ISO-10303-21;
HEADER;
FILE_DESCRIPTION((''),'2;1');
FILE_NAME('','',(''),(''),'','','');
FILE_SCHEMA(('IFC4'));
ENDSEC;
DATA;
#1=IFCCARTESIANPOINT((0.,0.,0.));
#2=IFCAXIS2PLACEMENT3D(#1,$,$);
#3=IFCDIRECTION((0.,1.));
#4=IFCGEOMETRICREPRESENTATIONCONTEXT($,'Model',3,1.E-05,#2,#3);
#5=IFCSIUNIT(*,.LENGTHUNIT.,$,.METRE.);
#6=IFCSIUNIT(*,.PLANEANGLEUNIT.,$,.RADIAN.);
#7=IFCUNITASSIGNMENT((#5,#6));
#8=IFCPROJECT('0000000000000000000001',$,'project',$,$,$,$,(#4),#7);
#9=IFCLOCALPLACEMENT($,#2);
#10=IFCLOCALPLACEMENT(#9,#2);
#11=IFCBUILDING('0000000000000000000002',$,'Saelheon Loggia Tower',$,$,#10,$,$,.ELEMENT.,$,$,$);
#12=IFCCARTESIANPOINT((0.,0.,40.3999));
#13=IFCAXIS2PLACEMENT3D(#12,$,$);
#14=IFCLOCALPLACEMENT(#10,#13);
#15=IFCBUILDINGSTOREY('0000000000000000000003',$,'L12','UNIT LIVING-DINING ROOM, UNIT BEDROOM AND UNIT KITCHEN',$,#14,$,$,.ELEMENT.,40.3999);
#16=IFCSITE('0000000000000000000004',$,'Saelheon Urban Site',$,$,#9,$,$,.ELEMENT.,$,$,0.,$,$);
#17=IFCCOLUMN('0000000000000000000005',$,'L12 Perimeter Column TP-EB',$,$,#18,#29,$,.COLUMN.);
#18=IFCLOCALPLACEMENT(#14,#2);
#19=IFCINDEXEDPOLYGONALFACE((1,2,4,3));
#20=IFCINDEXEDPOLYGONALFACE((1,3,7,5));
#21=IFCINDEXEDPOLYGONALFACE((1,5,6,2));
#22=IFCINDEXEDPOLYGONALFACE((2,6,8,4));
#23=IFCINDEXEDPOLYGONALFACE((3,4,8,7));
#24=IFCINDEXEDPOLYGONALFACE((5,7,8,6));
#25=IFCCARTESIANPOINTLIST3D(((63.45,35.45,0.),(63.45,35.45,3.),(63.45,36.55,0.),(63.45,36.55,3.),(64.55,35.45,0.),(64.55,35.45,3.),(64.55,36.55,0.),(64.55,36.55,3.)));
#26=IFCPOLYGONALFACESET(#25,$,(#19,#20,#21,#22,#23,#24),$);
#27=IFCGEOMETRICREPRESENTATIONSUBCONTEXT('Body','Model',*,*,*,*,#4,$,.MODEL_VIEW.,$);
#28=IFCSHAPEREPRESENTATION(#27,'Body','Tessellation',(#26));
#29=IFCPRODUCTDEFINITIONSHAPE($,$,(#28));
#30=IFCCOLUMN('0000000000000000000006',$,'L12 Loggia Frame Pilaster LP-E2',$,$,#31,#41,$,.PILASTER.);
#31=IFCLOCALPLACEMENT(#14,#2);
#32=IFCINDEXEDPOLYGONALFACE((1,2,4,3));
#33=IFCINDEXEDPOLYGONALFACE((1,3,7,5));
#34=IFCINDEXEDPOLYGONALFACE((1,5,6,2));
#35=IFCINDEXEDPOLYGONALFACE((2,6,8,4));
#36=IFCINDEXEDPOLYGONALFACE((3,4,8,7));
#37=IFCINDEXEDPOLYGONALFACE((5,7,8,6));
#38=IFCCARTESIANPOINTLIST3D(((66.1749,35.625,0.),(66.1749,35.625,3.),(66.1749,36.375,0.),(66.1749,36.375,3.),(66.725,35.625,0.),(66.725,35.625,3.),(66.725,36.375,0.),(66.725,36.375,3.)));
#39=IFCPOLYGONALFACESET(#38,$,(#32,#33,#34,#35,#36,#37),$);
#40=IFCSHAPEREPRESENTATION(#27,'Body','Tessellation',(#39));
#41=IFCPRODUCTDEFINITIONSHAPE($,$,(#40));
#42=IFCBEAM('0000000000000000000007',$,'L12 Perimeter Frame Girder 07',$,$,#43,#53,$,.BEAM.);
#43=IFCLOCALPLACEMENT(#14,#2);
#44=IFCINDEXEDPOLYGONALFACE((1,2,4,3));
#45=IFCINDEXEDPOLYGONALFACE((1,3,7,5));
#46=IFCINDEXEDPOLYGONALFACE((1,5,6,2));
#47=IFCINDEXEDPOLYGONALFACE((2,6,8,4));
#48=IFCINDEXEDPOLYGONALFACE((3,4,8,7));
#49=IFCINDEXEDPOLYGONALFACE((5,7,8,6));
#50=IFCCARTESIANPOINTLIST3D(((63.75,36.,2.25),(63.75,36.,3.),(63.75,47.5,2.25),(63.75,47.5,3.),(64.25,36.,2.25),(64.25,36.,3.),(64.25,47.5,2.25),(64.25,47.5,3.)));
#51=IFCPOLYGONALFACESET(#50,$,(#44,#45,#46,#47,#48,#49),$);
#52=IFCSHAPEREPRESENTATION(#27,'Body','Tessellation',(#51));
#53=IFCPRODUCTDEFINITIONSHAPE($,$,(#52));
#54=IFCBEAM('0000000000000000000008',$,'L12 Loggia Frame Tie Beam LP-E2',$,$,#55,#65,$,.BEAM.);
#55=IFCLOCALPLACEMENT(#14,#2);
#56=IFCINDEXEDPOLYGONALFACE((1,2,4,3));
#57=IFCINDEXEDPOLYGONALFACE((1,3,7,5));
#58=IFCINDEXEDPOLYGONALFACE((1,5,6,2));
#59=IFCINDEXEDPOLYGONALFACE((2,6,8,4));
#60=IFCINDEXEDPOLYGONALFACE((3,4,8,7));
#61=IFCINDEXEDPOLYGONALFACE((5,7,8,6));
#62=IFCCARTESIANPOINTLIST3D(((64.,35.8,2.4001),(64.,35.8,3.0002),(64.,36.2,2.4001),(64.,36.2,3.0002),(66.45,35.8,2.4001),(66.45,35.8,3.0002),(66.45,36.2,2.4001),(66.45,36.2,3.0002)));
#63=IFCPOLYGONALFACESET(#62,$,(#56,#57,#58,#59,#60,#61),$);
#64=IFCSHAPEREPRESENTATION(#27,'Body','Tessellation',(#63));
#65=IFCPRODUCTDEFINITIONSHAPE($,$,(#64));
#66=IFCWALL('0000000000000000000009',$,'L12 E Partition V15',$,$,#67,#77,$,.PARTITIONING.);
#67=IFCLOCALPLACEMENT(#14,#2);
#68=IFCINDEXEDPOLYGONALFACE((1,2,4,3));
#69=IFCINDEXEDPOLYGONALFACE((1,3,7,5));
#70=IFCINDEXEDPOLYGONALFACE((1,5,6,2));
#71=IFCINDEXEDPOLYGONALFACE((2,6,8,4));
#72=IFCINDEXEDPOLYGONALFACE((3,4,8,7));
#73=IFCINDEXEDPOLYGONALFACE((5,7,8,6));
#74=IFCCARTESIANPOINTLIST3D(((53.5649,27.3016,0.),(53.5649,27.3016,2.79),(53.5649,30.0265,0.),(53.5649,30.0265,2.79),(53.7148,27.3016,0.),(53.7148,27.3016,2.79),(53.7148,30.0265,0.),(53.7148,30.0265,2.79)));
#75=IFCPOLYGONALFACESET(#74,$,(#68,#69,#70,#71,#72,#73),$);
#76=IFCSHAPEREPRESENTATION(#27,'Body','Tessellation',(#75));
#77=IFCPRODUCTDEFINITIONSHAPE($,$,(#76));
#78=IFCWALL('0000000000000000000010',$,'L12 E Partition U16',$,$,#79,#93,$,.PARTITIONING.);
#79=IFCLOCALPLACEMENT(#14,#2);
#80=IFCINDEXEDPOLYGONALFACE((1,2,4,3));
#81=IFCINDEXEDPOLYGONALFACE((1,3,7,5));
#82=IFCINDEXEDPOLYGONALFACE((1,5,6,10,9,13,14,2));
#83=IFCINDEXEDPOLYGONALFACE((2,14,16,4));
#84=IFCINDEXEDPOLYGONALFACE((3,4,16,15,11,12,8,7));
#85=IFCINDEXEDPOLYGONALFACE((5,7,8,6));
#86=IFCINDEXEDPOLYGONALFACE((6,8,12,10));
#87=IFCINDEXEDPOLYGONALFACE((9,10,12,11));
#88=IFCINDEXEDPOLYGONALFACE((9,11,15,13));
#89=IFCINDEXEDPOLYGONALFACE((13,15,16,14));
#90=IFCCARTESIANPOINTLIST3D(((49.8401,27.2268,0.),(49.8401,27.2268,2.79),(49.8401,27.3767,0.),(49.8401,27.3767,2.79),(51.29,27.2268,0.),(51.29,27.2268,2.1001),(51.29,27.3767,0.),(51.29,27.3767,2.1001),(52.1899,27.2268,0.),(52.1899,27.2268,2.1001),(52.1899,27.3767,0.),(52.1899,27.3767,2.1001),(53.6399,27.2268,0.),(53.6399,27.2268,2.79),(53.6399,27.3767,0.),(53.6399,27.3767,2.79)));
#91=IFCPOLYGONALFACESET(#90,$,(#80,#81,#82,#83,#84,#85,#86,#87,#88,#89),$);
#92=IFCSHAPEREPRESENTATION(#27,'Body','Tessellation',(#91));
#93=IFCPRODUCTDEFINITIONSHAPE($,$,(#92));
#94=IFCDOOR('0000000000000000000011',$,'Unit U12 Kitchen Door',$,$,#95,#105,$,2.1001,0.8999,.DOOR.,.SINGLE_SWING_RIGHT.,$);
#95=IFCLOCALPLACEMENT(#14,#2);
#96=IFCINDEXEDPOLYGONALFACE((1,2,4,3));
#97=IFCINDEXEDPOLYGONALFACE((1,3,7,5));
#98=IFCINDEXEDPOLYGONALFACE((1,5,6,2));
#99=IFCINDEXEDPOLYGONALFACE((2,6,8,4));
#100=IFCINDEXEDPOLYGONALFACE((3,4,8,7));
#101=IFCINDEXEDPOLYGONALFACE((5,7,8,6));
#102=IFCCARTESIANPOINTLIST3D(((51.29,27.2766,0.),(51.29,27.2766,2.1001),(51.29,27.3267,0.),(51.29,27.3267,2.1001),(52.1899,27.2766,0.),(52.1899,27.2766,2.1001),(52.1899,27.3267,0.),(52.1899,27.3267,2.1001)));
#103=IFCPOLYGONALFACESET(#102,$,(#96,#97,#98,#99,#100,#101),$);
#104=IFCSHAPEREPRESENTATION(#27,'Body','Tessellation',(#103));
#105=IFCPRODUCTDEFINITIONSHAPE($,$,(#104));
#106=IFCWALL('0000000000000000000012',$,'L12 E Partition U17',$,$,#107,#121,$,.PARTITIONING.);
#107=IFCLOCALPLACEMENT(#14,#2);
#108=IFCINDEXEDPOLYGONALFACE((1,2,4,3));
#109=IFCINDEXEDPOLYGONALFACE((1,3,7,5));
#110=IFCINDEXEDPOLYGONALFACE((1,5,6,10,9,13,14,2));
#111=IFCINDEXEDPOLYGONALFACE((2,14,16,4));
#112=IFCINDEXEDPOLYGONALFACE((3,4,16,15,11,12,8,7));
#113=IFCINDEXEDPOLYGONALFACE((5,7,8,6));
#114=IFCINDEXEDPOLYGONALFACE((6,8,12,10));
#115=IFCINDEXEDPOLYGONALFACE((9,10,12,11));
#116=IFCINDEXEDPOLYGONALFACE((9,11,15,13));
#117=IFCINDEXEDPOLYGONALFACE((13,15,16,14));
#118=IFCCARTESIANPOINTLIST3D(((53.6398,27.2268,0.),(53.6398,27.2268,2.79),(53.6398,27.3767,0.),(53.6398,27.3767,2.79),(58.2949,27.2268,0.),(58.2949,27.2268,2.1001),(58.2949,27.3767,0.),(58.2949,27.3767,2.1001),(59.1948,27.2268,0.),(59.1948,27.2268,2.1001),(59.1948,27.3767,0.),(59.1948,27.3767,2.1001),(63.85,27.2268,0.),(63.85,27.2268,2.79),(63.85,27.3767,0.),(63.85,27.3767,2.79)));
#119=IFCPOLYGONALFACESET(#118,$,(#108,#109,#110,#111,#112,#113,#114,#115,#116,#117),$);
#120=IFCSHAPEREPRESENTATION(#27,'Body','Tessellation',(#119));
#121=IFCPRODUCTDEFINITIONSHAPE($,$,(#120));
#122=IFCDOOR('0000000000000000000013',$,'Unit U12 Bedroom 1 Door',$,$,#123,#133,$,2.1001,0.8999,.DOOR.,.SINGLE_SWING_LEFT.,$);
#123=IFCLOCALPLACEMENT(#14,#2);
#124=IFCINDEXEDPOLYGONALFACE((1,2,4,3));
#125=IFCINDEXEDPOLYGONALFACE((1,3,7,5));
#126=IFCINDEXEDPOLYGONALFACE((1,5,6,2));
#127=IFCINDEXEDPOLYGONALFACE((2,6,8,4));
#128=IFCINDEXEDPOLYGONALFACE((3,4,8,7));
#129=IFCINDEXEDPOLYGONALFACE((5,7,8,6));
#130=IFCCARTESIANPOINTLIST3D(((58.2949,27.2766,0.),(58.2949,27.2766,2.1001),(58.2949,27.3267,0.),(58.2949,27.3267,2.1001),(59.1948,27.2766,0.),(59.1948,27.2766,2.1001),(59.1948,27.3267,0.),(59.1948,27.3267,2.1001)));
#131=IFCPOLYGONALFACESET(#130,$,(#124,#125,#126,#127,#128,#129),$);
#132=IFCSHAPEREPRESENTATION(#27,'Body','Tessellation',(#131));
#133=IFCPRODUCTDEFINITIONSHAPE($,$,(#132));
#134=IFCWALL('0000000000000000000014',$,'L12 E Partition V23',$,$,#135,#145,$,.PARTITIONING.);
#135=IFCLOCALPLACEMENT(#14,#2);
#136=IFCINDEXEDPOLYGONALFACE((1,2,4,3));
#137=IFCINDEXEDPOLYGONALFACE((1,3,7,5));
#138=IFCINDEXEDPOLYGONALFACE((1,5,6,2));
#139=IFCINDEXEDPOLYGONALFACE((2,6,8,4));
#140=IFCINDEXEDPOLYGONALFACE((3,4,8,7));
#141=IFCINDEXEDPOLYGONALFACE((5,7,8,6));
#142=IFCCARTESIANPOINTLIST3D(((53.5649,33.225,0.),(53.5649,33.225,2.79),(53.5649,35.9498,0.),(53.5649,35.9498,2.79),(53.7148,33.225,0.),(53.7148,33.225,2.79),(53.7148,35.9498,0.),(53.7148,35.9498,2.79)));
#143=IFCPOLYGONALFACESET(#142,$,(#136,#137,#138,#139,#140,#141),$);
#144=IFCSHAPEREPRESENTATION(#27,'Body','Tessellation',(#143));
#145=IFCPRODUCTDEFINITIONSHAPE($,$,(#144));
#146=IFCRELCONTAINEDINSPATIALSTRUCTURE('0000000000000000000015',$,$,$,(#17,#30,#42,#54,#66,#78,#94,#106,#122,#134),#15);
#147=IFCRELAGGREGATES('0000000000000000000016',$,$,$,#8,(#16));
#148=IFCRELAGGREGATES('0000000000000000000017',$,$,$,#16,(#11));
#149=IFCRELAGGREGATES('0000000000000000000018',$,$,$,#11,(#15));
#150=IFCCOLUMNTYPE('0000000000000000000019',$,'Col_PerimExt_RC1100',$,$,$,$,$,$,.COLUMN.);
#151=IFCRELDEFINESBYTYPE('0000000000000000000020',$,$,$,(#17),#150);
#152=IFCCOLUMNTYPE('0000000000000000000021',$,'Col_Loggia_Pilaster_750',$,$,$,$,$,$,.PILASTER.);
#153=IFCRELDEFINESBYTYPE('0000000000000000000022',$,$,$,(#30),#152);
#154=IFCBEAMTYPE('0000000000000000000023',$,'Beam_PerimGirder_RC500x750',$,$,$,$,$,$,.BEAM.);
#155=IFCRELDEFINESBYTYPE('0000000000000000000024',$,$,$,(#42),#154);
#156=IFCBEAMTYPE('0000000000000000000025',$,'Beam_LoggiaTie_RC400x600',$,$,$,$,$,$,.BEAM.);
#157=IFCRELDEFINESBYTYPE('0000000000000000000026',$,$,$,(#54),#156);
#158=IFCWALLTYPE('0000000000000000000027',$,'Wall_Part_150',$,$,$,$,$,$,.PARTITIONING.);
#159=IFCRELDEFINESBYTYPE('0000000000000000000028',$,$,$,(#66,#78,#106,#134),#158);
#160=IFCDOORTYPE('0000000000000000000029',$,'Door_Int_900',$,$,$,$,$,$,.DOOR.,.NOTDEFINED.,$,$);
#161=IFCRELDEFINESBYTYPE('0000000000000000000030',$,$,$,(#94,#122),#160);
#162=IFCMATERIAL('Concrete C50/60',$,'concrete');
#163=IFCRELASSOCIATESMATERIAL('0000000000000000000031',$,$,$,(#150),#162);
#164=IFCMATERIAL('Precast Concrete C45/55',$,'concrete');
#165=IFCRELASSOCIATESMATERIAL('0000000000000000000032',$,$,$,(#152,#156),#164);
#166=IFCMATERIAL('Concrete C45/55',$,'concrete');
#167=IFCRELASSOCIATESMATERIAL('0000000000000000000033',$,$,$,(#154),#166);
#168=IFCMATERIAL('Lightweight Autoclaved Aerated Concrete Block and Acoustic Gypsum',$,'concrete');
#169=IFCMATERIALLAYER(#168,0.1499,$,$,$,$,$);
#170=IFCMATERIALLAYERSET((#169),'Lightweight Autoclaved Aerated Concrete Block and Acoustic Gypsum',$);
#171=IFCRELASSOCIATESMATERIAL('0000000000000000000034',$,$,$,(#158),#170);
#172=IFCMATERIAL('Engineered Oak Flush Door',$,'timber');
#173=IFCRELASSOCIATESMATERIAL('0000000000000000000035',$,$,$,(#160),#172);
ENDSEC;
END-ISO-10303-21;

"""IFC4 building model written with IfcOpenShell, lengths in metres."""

from ifc_helpers import new_model, si_unit, direction, frame, frame_2d, origin, origin_2d, place, context, subcontext, project, spatial, rectangle, extrude, source, transform, mapped, material, layer, layer_set, material_profile, profile_set, type_object, element, fill, save


model = new_model("IFC4")

# Units and contexts
model_context = context("Model", 3, precision=1e-05, world=origin(), true_north=direction((0.0, 1.0)))
body_context = subcontext(model_context, "Body", "Model", "MODEL_VIEW")
ifc_project = project(units=[si_unit("LENGTHUNIT", "METRE"), si_unit("PLANEANGLEUNIT", "RADIAN")], contexts=[model_context])

# Site, building, storey
site_placement = place(None, origin())
site = spatial("IfcSite", under=ifc_project, at=site_placement, Name="Saelheon Urban Site", CompositionType="ELEMENT", RefElevation=0.0)
building_placement = place(site_placement, origin())
building = spatial("IfcBuilding", under=site, at=building_placement, Name="Saelheon Loggia Tower", CompositionType="ELEMENT")
storey_placement = place(building_placement, frame((0.0, 0.0, 40.3999)))
storey = spatial("IfcBuildingStorey", under=building, at=storey_placement, Name="L12", Description="UNIT LIVING-DINING ROOM, UNIT BEDROOM AND UNIT KITCHEN", CompositionType="ELEMENT", Elevation=40.3999)

# Columns
ifc_material_1 = material(Name="Concrete C50/60", Category="concrete")
ifc_material_profile_1 = material_profile(ifc_material_1, rectangle(XDim=1.1001, YDim=1.1001, at=origin_2d()), Name="RC-1100x1100")
ifc_profile_set_1 = profile_set([ifc_material_profile_1], Name="Concrete C50/60")
column_type_1 = type_object("IfcColumnType", Name="Col_PerimExt_RC1100", PredefinedType="COLUMN", material=ifc_profile_set_1)
shared_shape_1 = source(origin(), body_context, "Body", "SweptSolid", [
    extrude(rectangle(XDim=1.1001, YDim=1.1001, at=origin_2d()), origin(), (0.0, 0.0, 1.0), 3.0),
])
column_1_placement = place(storey_placement, frame((64.0, 36.0, 0.0), z_axis=(0.0, 0.0, 1.0), x_axis=(1.0, 0.0, 0.0)))
element("IfcColumn", 1, at=column_1_placement, inside=storey, type_object=column_type_1, Name="L12 Perimeter Column TP-EB", PredefinedType="COLUMN", context=body_context, shape_type="MappedRepresentation", body=[
    mapped(shared_shape_1, transform((0.0, 0.0, 0.0), scale=1.0)),
])
ifc_material_2 = material(Name="Precast Concrete C45/55", Category="concrete")
ifc_material_profile_2 = material_profile(ifc_material_2, rectangle(XDim=0.55, YDim=0.75, at=origin_2d()), Name="RC-550x750")
ifc_profile_set_2 = profile_set([ifc_material_profile_2], Name="Precast Concrete C45/55")
column_type_2 = type_object("IfcColumnType", Name="Col_Loggia_Pilaster_750", PredefinedType="PILASTER", material=ifc_profile_set_2)
shared_shape_2 = source(origin(), body_context, "Body", "SweptSolid", [
    extrude(rectangle(XDim=0.55, YDim=0.75, at=origin_2d()), origin(), (0.0, 0.0, 1.0), 3.0),
])
column_2_placement = place(storey_placement, frame((66.45, 36.0, 0.0), z_axis=(0.0, 0.0, 1.0), x_axis=(1.0, 0.0, 0.0)))
element("IfcColumn", 2, at=column_2_placement, inside=storey, type_object=column_type_2, Name="L12 Loggia Frame Pilaster LP-E2", PredefinedType="PILASTER", context=body_context, shape_type="MappedRepresentation", body=[
    mapped(shared_shape_2, transform((0.0, 0.0, 0.0), scale=1.0)),
])

# Beams
ifc_material_3 = material(Name="Concrete C45/55", Category="concrete")
ifc_material_profile_3 = material_profile(ifc_material_3, rectangle(XDim=0.5, YDim=0.75, at=origin_2d()), Name="RC-500x750")
ifc_profile_set_3 = profile_set([ifc_material_profile_3], Name="Concrete C45/55")
beam_type_1 = type_object("IfcBeamType", Name="Beam_PerimGirder_RC500x750", PredefinedType="BEAM", material=ifc_profile_set_3)
shared_shape_3 = source(origin(), body_context, "Body", "SweptSolid", [
    extrude(rectangle(XDim=0.5, YDim=0.75, at=origin_2d()), origin(), (0.0, 0.0, 1.0), 11.5),
])
beam_1_placement = place(storey_placement, frame((64.0, 36.0, 2.625), z_axis=(0.0, 1.0, 0.0), x_axis=(-1.0, 0.0, 0.0)))
element("IfcBeam", 3, at=beam_1_placement, inside=storey, type_object=beam_type_1, Name="L12 Perimeter Frame Girder 07", PredefinedType="BEAM", context=body_context, shape_type="MappedRepresentation", body=[
    mapped(shared_shape_3, transform((0.0, 0.0, 0.0), scale=1.0)),
])
ifc_material_profile_4 = material_profile(ifc_material_2, rectangle(XDim=0.3999, YDim=0.6001, at=origin_2d()), Name="RC-400x600")
ifc_profile_set_4 = profile_set([ifc_material_profile_4], Name="Precast Concrete C45/55")
beam_type_2 = type_object("IfcBeamType", Name="Beam_LoggiaTie_RC400x600", PredefinedType="BEAM", material=ifc_profile_set_4)
shared_shape_4 = source(origin(), body_context, "Body", "SweptSolid", [
    extrude(rectangle(XDim=0.3999, YDim=0.6001, at=origin_2d()), origin(), (0.0, 0.0, 1.0), 2.45),
])
beam_2_placement = place(storey_placement, frame((64.0, 36.0, 2.7002), z_axis=(1.0, 0.0, 0.0), x_axis=(0.0, 1.0, 0.0)))
element("IfcBeam", 4, at=beam_2_placement, inside=storey, type_object=beam_type_2, Name="L12 Loggia Frame Tie Beam LP-E2", PredefinedType="BEAM", context=body_context, shape_type="MappedRepresentation", body=[
    mapped(shared_shape_4, transform((0.0, 0.0, 0.0), scale=1.0)),
])

# Wall
ifc_material_4 = material(Name="Lightweight Autoclaved Aerated Concrete Block and Acoustic Gypsum", Category="concrete")
ifc_layer_1 = layer(ifc_material_4, 0.1499)
ifc_layer_set_1 = layer_set([ifc_layer_1], Name="Lightweight Autoclaved Aerated Concrete Block and Acoustic Gypsum")
wall_type_1 = type_object("IfcWallType", Name="Wall_Part_150", PredefinedType="PARTITIONING", material=ifc_layer_set_1)
wall_1_placement = place(storey_placement, frame((53.6399, 27.3018, 0.0), z_axis=(0.0, 0.0, 1.0), x_axis=(0.0, 1.0, 0.0)))
element("IfcWall", 5, at=wall_1_placement, inside=storey, type_object=wall_type_1, Name="L12 E Partition V15", PredefinedType="PARTITIONING", context=body_context, shape_type="SweptSolid", body=[
    extrude(rectangle(XDim=2.7249, YDim=0.1499, at=frame_2d((1.3623, 0.0))), origin(), (0.0, 0.0, 1.0), 2.79),
])

# Walls, openings, doors
wall_2_placement = place(storey_placement, frame((49.8401, 27.3018, 0.0), z_axis=(0.0, 0.0, 1.0), x_axis=(1.0, 0.0, 0.0)))
wall_2 = element("IfcWall", 6, at=wall_2_placement, inside=storey, type_object=wall_type_1, Name="L12 E Partition U16", PredefinedType="PARTITIONING", context=body_context, shape_type="SweptSolid", body=[
    extrude(rectangle(XDim=3.7998, YDim=0.1499, at=frame_2d((1.8999, 0.0))), origin(), (0.0, 0.0, 1.0), 2.79),
])
opening_1_placement = place(wall_2_placement, frame((1.45, 0.0, 0.0)))
opening_1 = element("IfcOpeningElement", 7, at=opening_1_placement, cuts=wall_2, PredefinedType="OPENING", context=body_context, shape_type="SweptSolid", body=[
    extrude(rectangle(XDim=0.8999, YDim=2.1001, at=frame_2d((0.45, 1.05))), frame((0.0, 0.0869, 0.0), z_axis=(0.0, -1.0, 0.0), x_axis=(1.0, 0.0, 0.0)), (0.0, 0.0, 1.0), 0.1738),
])
ifc_material_5 = material(Name="Engineered Oak Flush Door", Category="timber")
door_type_1 = type_object("IfcDoorType", Name="Door_Int_900", OperationType="NOTDEFINED", PredefinedType="DOOR", material=ifc_material_5)
shared_shape_5 = source(origin(), body_context, "Body", "SweptSolid", [
    extrude(rectangle(XDim=0.8999, YDim=2.1001, at=frame_2d((0.45, 1.05))), frame((0.0, 0.0249, 0.0), z_axis=(0.0, -1.0, 0.0), x_axis=(1.0, 0.0, 0.0)), (0.0, 0.0, 1.0), 0.05),
])
door_1_placement = place(opening_1_placement, origin())
door_1 = element("IfcDoor", 8, at=door_1_placement, inside=storey, type_object=door_type_1, Name="Unit U12 Kitchen Door", OperationType="SINGLE_SWING_RIGHT", OverallHeight=2.1001, OverallWidth=0.8999, PredefinedType="DOOR", context=body_context, shape_type="MappedRepresentation", body=[
    mapped(shared_shape_5, transform((0.0, 0.0, 0.0), scale=1.0)),
])
fill(opening_1, door_1)
wall_3_placement = place(storey_placement, frame((53.6399, 27.3018, 0.0), z_axis=(0.0, 0.0, 1.0), x_axis=(1.0, 0.0, 0.0)))
wall_3 = element("IfcWall", 9, at=wall_3_placement, inside=storey, type_object=wall_type_1, Name="L12 E Partition U17", PredefinedType="PARTITIONING", context=body_context, shape_type="SweptSolid", body=[
    extrude(rectangle(XDim=10.2102, YDim=0.1499, at=frame_2d((5.105, 0.0))), origin(), (0.0, 0.0, 1.0), 2.79),
])
opening_2_placement = place(wall_3_placement, frame((4.655, 0.0, 0.0)))
opening_2 = element("IfcOpeningElement", 10, at=opening_2_placement, cuts=wall_3, PredefinedType="OPENING", context=body_context, shape_type="SweptSolid", body=[
    extrude(rectangle(XDim=0.8999, YDim=2.1001, at=frame_2d((0.45, 1.05))), frame((0.0, 0.0869, 0.0), z_axis=(0.0, -1.0, 0.0), x_axis=(1.0, 0.0, 0.0)), (0.0, 0.0, 1.0), 0.1738),
])
door_2_placement = place(opening_2_placement, origin())
door_2 = element("IfcDoor", 11, at=door_2_placement, inside=storey, type_object=door_type_1, Name="Unit U12 Bedroom 1 Door", OperationType="SINGLE_SWING_LEFT", OverallHeight=2.1001, OverallWidth=0.8999, PredefinedType="DOOR", context=body_context, shape_type="MappedRepresentation", body=[
    mapped(shared_shape_5, transform((0.0, 0.0, 0.0), scale=1.0)),
])
fill(opening_2, door_2)

# Wall
wall_4_placement = place(storey_placement, frame((53.6399, 33.2251, 0.0), z_axis=(0.0, 0.0, 1.0), x_axis=(0.0, 1.0, 0.0)))
element("IfcWall", 12, at=wall_4_placement, inside=storey, type_object=wall_type_1, Name="L12 E Partition V23", PredefinedType="PARTITIONING", context=body_context, shape_type="SweptSolid", body=[
    extrude(rectangle(XDim=2.7249, YDim=0.1499, at=frame_2d((1.3623, 0.0))), origin(), (0.0, 0.0, 1.0), 2.79),
])

save(model, "model.ifc")
